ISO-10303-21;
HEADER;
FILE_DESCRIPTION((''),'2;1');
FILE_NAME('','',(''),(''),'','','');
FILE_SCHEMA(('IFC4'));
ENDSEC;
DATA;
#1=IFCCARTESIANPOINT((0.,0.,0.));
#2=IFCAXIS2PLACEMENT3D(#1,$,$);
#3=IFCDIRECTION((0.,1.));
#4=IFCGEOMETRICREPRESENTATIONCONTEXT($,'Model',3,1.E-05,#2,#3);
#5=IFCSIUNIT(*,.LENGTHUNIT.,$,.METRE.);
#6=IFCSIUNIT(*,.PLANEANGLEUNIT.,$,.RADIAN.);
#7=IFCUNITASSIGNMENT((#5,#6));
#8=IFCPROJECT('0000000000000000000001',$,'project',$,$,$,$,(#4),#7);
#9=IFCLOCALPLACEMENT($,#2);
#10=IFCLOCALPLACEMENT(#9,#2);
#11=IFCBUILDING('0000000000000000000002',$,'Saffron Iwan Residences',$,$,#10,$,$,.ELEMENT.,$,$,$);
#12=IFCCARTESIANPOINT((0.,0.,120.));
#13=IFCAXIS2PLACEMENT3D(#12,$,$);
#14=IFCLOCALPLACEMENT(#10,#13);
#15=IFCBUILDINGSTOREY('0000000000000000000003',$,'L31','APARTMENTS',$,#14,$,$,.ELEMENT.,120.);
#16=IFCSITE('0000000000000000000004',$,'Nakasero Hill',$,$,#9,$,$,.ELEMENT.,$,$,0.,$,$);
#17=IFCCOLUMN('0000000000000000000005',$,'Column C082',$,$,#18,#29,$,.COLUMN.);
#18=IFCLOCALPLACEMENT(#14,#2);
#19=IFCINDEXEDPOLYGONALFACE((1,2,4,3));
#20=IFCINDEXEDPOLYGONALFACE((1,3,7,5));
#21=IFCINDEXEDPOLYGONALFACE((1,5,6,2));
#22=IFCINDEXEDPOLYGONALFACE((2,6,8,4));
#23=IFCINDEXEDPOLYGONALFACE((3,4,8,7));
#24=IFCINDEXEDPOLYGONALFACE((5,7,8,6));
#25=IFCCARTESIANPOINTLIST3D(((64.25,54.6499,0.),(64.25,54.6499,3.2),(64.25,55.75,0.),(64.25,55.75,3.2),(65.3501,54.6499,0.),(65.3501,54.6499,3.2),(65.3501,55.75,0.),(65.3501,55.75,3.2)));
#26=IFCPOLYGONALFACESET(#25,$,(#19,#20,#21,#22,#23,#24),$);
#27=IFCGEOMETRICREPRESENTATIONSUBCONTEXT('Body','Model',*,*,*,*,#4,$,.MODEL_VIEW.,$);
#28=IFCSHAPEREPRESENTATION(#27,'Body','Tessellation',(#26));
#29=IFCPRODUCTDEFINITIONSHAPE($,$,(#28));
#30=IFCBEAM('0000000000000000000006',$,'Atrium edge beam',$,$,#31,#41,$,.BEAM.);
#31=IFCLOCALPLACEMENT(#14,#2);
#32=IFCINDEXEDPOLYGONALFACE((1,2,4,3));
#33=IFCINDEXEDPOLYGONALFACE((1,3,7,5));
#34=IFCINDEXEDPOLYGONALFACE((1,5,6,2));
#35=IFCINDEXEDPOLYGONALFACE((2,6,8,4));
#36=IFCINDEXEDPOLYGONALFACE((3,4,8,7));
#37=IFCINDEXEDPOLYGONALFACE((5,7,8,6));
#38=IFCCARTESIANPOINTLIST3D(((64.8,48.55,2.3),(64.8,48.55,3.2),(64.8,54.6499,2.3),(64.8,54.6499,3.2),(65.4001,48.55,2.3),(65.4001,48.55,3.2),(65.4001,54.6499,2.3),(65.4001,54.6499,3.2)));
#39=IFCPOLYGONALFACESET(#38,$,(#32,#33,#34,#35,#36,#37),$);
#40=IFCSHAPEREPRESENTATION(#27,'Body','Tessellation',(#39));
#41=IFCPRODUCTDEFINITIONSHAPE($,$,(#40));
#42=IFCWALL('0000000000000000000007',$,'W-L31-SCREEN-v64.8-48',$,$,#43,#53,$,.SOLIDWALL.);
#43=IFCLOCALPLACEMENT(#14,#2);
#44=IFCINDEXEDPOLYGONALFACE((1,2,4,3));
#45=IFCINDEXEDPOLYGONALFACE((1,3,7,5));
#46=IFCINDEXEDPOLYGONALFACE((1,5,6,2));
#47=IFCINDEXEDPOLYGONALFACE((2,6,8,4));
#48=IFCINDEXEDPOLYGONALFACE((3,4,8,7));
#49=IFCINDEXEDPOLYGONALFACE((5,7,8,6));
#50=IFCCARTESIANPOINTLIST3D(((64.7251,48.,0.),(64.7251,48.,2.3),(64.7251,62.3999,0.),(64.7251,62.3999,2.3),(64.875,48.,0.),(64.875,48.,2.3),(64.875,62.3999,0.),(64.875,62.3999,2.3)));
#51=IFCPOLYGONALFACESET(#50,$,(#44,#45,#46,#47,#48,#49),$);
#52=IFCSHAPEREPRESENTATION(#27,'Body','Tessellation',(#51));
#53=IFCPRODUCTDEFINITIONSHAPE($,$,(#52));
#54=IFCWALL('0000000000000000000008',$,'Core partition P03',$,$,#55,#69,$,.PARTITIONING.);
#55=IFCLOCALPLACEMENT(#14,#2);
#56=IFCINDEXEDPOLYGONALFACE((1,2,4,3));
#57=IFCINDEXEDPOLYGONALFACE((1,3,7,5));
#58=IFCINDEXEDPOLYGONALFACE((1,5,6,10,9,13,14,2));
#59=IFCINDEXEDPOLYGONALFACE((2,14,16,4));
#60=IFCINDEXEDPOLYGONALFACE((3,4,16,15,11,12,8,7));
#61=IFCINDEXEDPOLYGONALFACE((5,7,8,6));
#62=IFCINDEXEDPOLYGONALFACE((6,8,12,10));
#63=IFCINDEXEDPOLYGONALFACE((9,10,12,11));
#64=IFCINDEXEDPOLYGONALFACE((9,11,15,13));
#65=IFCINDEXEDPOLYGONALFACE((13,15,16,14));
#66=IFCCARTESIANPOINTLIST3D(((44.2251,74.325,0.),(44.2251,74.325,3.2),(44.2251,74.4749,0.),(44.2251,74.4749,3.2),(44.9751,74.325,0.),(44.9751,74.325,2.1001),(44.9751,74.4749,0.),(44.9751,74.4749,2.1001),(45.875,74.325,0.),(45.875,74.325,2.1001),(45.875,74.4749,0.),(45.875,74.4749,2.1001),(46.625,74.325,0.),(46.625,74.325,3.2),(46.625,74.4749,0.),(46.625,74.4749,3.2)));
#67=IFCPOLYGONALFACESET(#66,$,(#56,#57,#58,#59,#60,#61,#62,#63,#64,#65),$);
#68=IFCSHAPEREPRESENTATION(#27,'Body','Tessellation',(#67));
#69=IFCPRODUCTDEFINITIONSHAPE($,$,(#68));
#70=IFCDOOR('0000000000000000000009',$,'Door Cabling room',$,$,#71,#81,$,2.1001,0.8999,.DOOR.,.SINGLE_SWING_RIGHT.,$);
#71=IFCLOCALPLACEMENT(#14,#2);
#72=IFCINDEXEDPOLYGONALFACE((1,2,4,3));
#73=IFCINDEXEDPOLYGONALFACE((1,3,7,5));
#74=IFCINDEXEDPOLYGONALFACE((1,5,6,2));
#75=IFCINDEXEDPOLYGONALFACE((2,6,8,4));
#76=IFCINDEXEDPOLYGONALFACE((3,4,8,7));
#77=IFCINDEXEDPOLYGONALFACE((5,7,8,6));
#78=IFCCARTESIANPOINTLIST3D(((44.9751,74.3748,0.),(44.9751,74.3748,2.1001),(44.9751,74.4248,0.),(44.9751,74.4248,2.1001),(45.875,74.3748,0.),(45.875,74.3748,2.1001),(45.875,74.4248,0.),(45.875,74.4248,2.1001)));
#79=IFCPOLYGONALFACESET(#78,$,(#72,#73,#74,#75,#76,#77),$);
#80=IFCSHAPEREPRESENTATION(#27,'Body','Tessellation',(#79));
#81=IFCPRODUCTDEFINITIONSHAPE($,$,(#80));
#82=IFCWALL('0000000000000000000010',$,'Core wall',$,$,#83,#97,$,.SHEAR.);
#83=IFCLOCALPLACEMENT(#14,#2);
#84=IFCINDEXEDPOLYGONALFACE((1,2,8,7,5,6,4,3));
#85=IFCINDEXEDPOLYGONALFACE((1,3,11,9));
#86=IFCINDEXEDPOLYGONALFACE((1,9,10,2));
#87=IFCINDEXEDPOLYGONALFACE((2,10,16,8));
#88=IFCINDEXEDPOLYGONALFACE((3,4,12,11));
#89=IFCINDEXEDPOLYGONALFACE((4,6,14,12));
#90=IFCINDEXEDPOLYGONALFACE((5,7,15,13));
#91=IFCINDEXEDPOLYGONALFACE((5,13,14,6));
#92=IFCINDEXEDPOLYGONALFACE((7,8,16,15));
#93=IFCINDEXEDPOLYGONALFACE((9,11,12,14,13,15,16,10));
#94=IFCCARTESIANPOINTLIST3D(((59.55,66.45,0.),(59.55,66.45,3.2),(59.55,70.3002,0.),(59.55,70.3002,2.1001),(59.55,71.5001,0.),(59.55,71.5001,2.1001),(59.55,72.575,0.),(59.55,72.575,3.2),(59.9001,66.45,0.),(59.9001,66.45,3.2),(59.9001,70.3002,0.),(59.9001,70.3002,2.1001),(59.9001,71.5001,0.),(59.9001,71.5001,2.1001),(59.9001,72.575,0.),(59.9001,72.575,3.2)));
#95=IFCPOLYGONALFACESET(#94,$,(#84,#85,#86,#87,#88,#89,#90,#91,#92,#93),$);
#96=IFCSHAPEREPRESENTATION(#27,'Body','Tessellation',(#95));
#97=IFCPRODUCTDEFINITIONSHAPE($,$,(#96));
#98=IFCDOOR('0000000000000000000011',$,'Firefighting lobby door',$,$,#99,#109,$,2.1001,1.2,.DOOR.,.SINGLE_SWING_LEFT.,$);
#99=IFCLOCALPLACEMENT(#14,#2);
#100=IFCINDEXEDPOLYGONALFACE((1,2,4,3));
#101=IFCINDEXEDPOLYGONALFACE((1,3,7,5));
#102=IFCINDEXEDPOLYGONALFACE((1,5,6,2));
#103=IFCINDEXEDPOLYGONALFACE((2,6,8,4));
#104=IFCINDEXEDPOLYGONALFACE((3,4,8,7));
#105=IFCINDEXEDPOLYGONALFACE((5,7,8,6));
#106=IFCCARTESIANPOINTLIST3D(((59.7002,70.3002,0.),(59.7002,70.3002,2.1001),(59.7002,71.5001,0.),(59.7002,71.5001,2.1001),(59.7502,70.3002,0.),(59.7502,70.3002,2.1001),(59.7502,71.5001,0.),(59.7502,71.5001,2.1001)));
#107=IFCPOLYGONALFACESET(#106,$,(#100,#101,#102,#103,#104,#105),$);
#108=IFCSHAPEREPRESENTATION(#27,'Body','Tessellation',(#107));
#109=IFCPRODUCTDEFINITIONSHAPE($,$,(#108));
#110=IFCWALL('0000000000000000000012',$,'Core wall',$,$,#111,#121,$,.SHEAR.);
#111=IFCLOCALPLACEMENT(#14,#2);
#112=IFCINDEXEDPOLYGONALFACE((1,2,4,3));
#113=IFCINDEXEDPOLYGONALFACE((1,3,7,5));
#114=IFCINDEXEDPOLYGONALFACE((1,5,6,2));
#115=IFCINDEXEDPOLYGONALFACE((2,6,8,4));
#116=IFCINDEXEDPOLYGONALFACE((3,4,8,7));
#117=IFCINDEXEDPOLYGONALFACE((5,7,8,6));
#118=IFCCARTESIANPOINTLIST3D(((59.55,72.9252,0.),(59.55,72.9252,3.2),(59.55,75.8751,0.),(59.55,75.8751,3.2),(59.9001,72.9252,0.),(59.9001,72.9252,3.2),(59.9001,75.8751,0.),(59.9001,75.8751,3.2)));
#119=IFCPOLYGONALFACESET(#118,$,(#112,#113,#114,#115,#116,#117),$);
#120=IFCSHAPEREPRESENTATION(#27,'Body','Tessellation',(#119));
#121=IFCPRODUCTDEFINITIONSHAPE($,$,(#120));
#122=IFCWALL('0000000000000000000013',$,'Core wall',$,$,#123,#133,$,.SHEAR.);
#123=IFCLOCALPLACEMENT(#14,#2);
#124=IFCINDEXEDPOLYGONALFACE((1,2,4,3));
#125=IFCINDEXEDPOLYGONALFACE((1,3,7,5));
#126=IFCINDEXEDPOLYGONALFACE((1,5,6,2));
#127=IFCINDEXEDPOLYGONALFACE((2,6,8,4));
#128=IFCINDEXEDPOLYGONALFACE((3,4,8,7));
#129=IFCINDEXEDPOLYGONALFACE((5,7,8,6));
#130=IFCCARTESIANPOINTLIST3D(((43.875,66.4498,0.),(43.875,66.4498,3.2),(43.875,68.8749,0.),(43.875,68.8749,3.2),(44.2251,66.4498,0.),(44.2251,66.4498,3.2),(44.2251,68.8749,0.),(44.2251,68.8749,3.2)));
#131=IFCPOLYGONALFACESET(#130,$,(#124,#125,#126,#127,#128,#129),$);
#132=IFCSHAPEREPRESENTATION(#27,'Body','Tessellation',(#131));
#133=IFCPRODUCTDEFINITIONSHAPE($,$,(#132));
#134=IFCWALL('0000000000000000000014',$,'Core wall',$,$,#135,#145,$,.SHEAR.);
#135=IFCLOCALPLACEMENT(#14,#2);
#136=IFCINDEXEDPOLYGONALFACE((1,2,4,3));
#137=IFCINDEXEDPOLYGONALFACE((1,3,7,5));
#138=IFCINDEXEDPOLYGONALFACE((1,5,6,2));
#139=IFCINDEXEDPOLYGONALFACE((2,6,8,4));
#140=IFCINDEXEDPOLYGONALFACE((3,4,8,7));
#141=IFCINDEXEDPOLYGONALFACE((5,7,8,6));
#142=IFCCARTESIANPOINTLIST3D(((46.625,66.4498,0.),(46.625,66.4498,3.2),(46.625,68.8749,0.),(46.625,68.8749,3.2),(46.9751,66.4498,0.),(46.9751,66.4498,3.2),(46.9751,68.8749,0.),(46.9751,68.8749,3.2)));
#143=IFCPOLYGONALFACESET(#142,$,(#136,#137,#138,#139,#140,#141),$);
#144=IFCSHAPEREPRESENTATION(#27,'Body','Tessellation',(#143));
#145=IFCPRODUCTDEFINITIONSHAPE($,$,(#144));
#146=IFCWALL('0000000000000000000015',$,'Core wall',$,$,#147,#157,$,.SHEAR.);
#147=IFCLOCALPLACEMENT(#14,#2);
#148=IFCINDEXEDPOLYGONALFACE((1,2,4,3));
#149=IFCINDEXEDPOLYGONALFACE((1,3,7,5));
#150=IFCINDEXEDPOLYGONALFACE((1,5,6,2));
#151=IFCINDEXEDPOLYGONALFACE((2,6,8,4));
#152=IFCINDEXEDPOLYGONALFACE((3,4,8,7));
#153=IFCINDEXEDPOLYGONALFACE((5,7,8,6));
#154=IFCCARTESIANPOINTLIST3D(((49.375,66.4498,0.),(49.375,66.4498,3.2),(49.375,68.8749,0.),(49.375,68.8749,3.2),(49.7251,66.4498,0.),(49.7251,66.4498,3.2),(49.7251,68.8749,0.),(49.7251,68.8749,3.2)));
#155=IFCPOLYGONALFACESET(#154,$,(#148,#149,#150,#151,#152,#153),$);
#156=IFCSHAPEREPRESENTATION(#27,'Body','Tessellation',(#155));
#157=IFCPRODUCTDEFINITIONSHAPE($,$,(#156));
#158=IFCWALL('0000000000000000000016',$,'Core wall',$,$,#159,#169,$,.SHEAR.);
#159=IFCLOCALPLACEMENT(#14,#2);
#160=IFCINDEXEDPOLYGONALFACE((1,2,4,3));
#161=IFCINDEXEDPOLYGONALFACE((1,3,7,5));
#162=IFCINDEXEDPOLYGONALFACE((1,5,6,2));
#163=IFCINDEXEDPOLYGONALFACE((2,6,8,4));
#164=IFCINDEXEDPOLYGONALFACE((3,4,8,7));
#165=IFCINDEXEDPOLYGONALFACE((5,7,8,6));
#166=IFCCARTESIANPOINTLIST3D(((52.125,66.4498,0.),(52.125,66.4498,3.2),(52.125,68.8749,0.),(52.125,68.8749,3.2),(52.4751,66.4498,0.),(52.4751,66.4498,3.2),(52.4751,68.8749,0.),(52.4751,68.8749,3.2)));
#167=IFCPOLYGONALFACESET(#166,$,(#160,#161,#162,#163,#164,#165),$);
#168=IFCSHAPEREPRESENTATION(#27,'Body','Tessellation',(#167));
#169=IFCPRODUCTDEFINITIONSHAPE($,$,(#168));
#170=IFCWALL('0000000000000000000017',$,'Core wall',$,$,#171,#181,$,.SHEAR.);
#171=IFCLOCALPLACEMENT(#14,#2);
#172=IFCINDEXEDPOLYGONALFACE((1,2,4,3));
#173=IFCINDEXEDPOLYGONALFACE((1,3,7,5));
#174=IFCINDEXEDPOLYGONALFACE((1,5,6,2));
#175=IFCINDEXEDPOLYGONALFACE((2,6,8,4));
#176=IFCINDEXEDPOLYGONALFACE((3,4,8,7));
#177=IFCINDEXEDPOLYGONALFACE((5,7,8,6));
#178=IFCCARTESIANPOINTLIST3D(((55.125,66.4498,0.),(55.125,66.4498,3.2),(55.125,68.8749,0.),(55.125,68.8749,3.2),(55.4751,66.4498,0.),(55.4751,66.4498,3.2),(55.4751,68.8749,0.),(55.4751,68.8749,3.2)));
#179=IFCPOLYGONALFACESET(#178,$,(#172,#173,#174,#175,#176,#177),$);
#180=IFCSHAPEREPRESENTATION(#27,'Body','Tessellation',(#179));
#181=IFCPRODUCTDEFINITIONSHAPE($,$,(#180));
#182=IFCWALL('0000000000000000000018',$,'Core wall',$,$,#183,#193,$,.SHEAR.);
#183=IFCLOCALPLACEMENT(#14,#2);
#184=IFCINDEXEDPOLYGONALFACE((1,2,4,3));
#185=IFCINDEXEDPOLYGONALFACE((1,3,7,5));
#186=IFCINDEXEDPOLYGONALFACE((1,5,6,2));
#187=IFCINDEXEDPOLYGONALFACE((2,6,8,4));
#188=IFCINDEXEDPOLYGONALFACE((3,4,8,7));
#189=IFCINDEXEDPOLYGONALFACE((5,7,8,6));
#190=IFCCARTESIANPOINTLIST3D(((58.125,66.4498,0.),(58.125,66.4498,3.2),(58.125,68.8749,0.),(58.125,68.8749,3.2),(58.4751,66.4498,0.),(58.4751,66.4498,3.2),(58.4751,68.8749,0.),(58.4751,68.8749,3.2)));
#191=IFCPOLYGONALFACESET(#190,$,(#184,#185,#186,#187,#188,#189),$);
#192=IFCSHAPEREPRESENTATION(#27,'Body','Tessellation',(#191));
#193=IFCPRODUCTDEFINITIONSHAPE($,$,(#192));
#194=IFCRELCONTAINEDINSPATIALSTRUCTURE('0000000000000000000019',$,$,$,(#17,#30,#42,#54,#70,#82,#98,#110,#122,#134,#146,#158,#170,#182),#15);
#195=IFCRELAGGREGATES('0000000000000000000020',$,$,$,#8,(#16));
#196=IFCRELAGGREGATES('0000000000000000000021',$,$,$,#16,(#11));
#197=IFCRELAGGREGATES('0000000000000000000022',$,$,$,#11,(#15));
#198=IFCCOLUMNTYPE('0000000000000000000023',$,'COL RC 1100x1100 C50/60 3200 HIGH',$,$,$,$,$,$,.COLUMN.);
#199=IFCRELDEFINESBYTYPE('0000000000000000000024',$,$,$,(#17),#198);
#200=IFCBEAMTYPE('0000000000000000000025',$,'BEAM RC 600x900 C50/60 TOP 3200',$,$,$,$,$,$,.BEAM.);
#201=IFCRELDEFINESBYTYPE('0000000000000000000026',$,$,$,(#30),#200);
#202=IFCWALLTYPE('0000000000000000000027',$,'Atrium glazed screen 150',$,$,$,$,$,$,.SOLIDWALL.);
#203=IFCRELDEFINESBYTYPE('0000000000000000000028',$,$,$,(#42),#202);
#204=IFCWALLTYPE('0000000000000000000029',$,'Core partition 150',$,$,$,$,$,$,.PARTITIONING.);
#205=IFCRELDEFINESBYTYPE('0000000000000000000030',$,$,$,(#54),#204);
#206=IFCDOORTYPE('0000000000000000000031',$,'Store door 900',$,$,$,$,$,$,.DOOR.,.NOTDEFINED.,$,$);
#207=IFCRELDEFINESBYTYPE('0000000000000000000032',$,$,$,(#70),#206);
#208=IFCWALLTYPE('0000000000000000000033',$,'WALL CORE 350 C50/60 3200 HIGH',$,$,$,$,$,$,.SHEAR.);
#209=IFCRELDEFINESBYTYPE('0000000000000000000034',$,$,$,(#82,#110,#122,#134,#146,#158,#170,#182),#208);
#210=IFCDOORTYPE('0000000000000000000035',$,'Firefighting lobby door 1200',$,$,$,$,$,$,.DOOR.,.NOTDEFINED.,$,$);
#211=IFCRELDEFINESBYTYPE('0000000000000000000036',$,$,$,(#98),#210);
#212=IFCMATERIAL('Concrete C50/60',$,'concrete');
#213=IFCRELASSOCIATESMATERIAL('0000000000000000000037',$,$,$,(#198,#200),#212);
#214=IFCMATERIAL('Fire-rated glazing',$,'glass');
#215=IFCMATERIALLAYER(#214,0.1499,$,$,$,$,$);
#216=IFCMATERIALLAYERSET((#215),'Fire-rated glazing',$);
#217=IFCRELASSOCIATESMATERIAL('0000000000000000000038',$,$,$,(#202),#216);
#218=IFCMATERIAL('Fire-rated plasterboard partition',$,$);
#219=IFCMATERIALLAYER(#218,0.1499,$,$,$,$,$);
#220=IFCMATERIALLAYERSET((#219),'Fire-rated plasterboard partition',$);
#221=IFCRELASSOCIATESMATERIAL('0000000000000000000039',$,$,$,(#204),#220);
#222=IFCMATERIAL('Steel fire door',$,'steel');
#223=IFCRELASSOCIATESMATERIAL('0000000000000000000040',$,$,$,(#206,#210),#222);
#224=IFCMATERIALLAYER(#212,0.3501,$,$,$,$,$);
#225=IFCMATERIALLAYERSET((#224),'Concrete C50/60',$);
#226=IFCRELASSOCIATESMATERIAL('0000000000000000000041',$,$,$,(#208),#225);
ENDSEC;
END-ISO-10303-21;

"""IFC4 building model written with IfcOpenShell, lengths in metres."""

from ifc_helpers import new_model, si_unit, direction, frame, frame_2d, origin, origin_2d, place, context, subcontext, project, spatial, rectangle, extrude, source, transform, mapped, material, layer, layer_set, material_profile, profile_set, type_object, element, fill, save


model = new_model("IFC4")

# Units and contexts
model_context = context("Model", 3, precision=1e-05, world=origin(), true_north=direction((0.0, 1.0)))
body_context = subcontext(model_context, "Body", "Model", "MODEL_VIEW")
ifc_project = project(units=[si_unit("LENGTHUNIT", "METRE"), si_unit("PLANEANGLEUNIT", "RADIAN")], contexts=[model_context])

# Site, building, storey
site_placement = place(None, origin())
site = spatial("IfcSite", under=ifc_project, at=site_placement, Name="Nakasero Hill", CompositionType="ELEMENT", RefElevation=0.0)
building_placement = place(site_placement, origin())
building = spatial("IfcBuilding", under=site, at=building_placement, Name="Saffron Iwan Residences", CompositionType="ELEMENT")
storey_placement = place(building_placement, frame((0.0, 0.0, 120.0)))
storey = spatial("IfcBuildingStorey", under=building, at=storey_placement, Name="L31", Description="APARTMENTS", CompositionType="ELEMENT", Elevation=120.0)

# Column
ifc_material_1 = material(Name="Concrete C50/60", Category="concrete")
ifc_material_profile_1 = material_profile(ifc_material_1, rectangle(XDim=1.1001, YDim=1.1001, at=origin_2d()), Name="RC 1100x1100")
ifc_profile_set_1 = profile_set([ifc_material_profile_1], Name="Concrete C50/60")
column_type = type_object("IfcColumnType", Name="COL RC 1100x1100 C50/60 3200 HIGH", PredefinedType="COLUMN", material=ifc_profile_set_1)
shared_shape_1 = source(origin(), body_context, "Body", "SweptSolid", [
    extrude(rectangle(XDim=1.1001, YDim=1.1001, at=origin_2d()), origin(), (0.0, 0.0, 1.0), 3.2),
])
column_placement = place(storey_placement, frame((64.8, 55.2, 0.0), z_axis=(0.0, 0.0, 1.0), x_axis=(1.0, 0.0, 0.0)))
element("IfcColumn", 1, at=column_placement, inside=storey, type_object=column_type, Name="Column C082", PredefinedType="COLUMN", context=body_context, shape_type="MappedRepresentation", body=[
    mapped(shared_shape_1, transform((0.0, 0.0, 0.0))),
])

# Beam
ifc_material_profile_2 = material_profile(ifc_material_1, rectangle(XDim=0.6001, YDim=0.8999, at=origin_2d()), Name="RC 600x900")
ifc_profile_set_2 = profile_set([ifc_material_profile_2], Name="Concrete C50/60")
beam_type = type_object("IfcBeamType", Name="BEAM RC 600x900 C50/60 TOP 3200", PredefinedType="BEAM", material=ifc_profile_set_2)
shared_shape_2 = source(origin(), body_context, "Body", "SweptSolid", [
    extrude(rectangle(XDim=0.6001, YDim=0.8999, at=origin_2d()), origin(), (0.0, 0.0, 1.0), 6.0999),
])
beam_placement = place(storey_placement, frame((65.1001, 54.6499, 2.75), z_axis=(0.0, -1.0, 0.0), x_axis=(1.0, 0.0, 0.0)))
element("IfcBeam", 2, at=beam_placement, inside=storey, type_object=beam_type, Name="Atrium edge beam", PredefinedType="BEAM", context=body_context, shape_type="MappedRepresentation", body=[
    mapped(shared_shape_2, transform((0.0, 0.0, 0.0))),
])

# Wall
ifc_material_2 = material(Name="Fire-rated glazing", Category="glass")
ifc_layer_1 = layer(ifc_material_2, 0.1499)
ifc_layer_set_1 = layer_set([ifc_layer_1], Name="Fire-rated glazing")
wall_type_1 = type_object("IfcWallType", Name="Atrium glazed screen 150", PredefinedType="SOLIDWALL", material=ifc_layer_set_1)
wall_1_placement = place(storey_placement, frame((64.8, 48.0, 0.0), z_axis=(0.0, 0.0, 1.0), x_axis=(0.0, 1.0, 0.0)))
element("IfcWall", 3, at=wall_1_placement, inside=storey, type_object=wall_type_1, Name="W-L31-SCREEN-v64.8-48", PredefinedType="SOLIDWALL", context=body_context, shape_type="SweptSolid", body=[
    extrude(rectangle(XDim=14.3999, YDim=0.1499, at=frame_2d((7.2, 0.0))), origin(), (0.0, 0.0, 1.0), 2.3),
])

# Walls, openings, doors
ifc_material_3 = material(Name="Fire-rated plasterboard partition")
ifc_layer_2 = layer(ifc_material_3, 0.1499)
ifc_layer_set_2 = layer_set([ifc_layer_2], Name="Fire-rated plasterboard partition")
wall_type_2 = type_object("IfcWallType", Name="Core partition 150", PredefinedType="PARTITIONING", material=ifc_layer_set_2)
wall_2_placement = place(storey_placement, frame((44.2251, 74.3999, 0.0), z_axis=(0.0, 0.0, 1.0), x_axis=(1.0, 0.0, 0.0)))
wall_2 = element("IfcWall", 4, at=wall_2_placement, inside=storey, type_object=wall_type_2, Name="Core partition P03", PredefinedType="PARTITIONING", context=body_context, shape_type="SweptSolid", body=[
    extrude(rectangle(XDim=2.3999, YDim=0.1499, at=frame_2d((1.2, 0.0))), origin(), (0.0, 0.0, 1.0), 3.2),
])
opening_1_placement = place(wall_2_placement, frame((0.75, 0.0, 0.0)))
opening_1 = element("IfcOpeningElement", 5, at=opening_1_placement, cuts=wall_2, PredefinedType="OPENING", context=body_context, shape_type="SweptSolid", body=[
    extrude(rectangle(XDim=0.8999, YDim=2.1001, at=frame_2d((0.45, 1.05))), frame((0.0, 0.085, 0.0), z_axis=(0.0, -1.0, 0.0), x_axis=(1.0, 0.0, 0.0)), (0.0, 0.0, 1.0), 0.1699),
])
ifc_material_4 = material(Name="Steel fire door", Category="steel")
door_type_1 = type_object("IfcDoorType", Name="Store door 900", OperationType="NOTDEFINED", PredefinedType="DOOR", material=ifc_material_4)
door_1_placement = place(opening_1_placement, origin())
door_1 = element("IfcDoor", 6, at=door_1_placement, inside=storey, type_object=door_type_1, Name="Door Cabling room", OperationType="SINGLE_SWING_RIGHT", OverallHeight=2.1001, OverallWidth=0.8999, PredefinedType="DOOR", context=body_context, shape_type="SweptSolid", body=[
    extrude(rectangle(XDim=0.8999, YDim=2.1001, at=frame_2d((0.45, 1.05))), frame((0.0, 0.0249, 0.0), z_axis=(0.0, -1.0, 0.0), x_axis=(1.0, 0.0, 0.0)), (0.0, 0.0, 1.0), 0.05),
])
fill(opening_1, door_1)
ifc_layer_3 = layer(ifc_material_1, 0.3501)
ifc_layer_set_3 = layer_set([ifc_layer_3], Name="Concrete C50/60")
wall_type_3 = type_object("IfcWallType", Name="WALL CORE 350 C50/60 3200 HIGH", PredefinedType="SHEAR", material=ifc_layer_set_3)
wall_3_placement = place(storey_placement, frame((59.7251, 66.45, 0.0), z_axis=(0.0, 0.0, 1.0), x_axis=(0.0, 1.0, 0.0)))
wall_3 = element("IfcWall", 7, at=wall_3_placement, inside=storey, type_object=wall_type_3, Name="Core wall", PredefinedType="SHEAR", context=body_context, shape_type="SweptSolid", body=[
    extrude(rectangle(XDim=6.125, YDim=0.3501, at=frame_2d((3.0625, 0.0))), origin(), (0.0, 0.0, 1.0), 3.2),
])
opening_2_placement = place(wall_3_placement, frame((3.8501, 0.0, 0.0)))
opening_2 = element("IfcOpeningElement", 8, at=opening_2_placement, cuts=wall_3, PredefinedType="OPENING", context=body_context, shape_type="SweptSolid", body=[
    extrude(rectangle(XDim=1.2, YDim=2.1001, at=frame_2d((0.6001, 1.05))), frame((0.0, 0.1851, 0.0), z_axis=(0.0, -1.0, 0.0), x_axis=(1.0, 0.0, 0.0)), (0.0, 0.0, 1.0), 0.3701),
])
door_type_2 = type_object("IfcDoorType", Name="Firefighting lobby door 1200", OperationType="NOTDEFINED", PredefinedType="DOOR", material=ifc_material_4)
door_2_placement = place(opening_2_placement, origin())
door_2 = element("IfcDoor", 9, at=door_2_placement, inside=storey, type_object=door_type_2, Name="Firefighting lobby door", OperationType="SINGLE_SWING_LEFT", OverallHeight=2.1001, OverallWidth=1.2, PredefinedType="DOOR", context=body_context, shape_type="SweptSolid", body=[
    extrude(rectangle(XDim=1.2, YDim=2.1001, at=frame_2d((0.6001, 1.05))), frame((0.0, 0.0249, 0.0), z_axis=(0.0, -1.0, 0.0), x_axis=(1.0, 0.0, 0.0)), (0.0, 0.0, 1.0), 0.05),
])
fill(opening_2, door_2)

# Walls
wall_4_placement = place(storey_placement, frame((59.7251, 72.925, 0.0), z_axis=(0.0, 0.0, 1.0), x_axis=(0.0, 1.0, 0.0)))
element("IfcWall", 10, at=wall_4_placement, inside=storey, type_object=wall_type_3, Name="Core wall", PredefinedType="SHEAR", context=body_context, shape_type="SweptSolid", body=[
    extrude(rectangle(XDim=2.95, YDim=0.3501, at=frame_2d((1.4751, 0.0))), origin(), (0.0, 0.0, 1.0), 3.2),
])
for number, where, z_axis, x_axis, name in (
    (11, (44.05, 66.45, 0.0), (0.0, 0.0, 1.0), (0.0, 1.0, 0.0), "Core wall"),
    (12, (46.8, 66.45, 0.0), (0.0, 0.0, 1.0), (0.0, 1.0, 0.0), "Core wall"),
    (13, (49.55, 66.45, 0.0), (0.0, 0.0, 1.0), (0.0, 1.0, 0.0), "Core wall"),
    (14, (52.3, 66.45, 0.0), (0.0, 0.0, 1.0), (0.0, 1.0, 0.0), "Core wall"),
    (15, (55.3, 66.45, 0.0), (0.0, 0.0, 1.0), (0.0, 1.0, 0.0), "Core wall"),
    (16, (58.3, 66.45, 0.0), (0.0, 0.0, 1.0), (0.0, 1.0, 0.0), "Core wall"),
):
    element("IfcWall", number, at=place(storey_placement, frame(where, z_axis=z_axis, x_axis=x_axis)), inside=storey, type_object=wall_type_3, Name=name, PredefinedType="SHEAR", context=body_context, shape_type="SweptSolid", body=[
        extrude(rectangle(XDim=2.425, YDim=0.3501, at=frame_2d((1.2124, 0.0))), origin(), (0.0, 0.0, 1.0), 3.2),
    ])

save(model, "model.ifc")
